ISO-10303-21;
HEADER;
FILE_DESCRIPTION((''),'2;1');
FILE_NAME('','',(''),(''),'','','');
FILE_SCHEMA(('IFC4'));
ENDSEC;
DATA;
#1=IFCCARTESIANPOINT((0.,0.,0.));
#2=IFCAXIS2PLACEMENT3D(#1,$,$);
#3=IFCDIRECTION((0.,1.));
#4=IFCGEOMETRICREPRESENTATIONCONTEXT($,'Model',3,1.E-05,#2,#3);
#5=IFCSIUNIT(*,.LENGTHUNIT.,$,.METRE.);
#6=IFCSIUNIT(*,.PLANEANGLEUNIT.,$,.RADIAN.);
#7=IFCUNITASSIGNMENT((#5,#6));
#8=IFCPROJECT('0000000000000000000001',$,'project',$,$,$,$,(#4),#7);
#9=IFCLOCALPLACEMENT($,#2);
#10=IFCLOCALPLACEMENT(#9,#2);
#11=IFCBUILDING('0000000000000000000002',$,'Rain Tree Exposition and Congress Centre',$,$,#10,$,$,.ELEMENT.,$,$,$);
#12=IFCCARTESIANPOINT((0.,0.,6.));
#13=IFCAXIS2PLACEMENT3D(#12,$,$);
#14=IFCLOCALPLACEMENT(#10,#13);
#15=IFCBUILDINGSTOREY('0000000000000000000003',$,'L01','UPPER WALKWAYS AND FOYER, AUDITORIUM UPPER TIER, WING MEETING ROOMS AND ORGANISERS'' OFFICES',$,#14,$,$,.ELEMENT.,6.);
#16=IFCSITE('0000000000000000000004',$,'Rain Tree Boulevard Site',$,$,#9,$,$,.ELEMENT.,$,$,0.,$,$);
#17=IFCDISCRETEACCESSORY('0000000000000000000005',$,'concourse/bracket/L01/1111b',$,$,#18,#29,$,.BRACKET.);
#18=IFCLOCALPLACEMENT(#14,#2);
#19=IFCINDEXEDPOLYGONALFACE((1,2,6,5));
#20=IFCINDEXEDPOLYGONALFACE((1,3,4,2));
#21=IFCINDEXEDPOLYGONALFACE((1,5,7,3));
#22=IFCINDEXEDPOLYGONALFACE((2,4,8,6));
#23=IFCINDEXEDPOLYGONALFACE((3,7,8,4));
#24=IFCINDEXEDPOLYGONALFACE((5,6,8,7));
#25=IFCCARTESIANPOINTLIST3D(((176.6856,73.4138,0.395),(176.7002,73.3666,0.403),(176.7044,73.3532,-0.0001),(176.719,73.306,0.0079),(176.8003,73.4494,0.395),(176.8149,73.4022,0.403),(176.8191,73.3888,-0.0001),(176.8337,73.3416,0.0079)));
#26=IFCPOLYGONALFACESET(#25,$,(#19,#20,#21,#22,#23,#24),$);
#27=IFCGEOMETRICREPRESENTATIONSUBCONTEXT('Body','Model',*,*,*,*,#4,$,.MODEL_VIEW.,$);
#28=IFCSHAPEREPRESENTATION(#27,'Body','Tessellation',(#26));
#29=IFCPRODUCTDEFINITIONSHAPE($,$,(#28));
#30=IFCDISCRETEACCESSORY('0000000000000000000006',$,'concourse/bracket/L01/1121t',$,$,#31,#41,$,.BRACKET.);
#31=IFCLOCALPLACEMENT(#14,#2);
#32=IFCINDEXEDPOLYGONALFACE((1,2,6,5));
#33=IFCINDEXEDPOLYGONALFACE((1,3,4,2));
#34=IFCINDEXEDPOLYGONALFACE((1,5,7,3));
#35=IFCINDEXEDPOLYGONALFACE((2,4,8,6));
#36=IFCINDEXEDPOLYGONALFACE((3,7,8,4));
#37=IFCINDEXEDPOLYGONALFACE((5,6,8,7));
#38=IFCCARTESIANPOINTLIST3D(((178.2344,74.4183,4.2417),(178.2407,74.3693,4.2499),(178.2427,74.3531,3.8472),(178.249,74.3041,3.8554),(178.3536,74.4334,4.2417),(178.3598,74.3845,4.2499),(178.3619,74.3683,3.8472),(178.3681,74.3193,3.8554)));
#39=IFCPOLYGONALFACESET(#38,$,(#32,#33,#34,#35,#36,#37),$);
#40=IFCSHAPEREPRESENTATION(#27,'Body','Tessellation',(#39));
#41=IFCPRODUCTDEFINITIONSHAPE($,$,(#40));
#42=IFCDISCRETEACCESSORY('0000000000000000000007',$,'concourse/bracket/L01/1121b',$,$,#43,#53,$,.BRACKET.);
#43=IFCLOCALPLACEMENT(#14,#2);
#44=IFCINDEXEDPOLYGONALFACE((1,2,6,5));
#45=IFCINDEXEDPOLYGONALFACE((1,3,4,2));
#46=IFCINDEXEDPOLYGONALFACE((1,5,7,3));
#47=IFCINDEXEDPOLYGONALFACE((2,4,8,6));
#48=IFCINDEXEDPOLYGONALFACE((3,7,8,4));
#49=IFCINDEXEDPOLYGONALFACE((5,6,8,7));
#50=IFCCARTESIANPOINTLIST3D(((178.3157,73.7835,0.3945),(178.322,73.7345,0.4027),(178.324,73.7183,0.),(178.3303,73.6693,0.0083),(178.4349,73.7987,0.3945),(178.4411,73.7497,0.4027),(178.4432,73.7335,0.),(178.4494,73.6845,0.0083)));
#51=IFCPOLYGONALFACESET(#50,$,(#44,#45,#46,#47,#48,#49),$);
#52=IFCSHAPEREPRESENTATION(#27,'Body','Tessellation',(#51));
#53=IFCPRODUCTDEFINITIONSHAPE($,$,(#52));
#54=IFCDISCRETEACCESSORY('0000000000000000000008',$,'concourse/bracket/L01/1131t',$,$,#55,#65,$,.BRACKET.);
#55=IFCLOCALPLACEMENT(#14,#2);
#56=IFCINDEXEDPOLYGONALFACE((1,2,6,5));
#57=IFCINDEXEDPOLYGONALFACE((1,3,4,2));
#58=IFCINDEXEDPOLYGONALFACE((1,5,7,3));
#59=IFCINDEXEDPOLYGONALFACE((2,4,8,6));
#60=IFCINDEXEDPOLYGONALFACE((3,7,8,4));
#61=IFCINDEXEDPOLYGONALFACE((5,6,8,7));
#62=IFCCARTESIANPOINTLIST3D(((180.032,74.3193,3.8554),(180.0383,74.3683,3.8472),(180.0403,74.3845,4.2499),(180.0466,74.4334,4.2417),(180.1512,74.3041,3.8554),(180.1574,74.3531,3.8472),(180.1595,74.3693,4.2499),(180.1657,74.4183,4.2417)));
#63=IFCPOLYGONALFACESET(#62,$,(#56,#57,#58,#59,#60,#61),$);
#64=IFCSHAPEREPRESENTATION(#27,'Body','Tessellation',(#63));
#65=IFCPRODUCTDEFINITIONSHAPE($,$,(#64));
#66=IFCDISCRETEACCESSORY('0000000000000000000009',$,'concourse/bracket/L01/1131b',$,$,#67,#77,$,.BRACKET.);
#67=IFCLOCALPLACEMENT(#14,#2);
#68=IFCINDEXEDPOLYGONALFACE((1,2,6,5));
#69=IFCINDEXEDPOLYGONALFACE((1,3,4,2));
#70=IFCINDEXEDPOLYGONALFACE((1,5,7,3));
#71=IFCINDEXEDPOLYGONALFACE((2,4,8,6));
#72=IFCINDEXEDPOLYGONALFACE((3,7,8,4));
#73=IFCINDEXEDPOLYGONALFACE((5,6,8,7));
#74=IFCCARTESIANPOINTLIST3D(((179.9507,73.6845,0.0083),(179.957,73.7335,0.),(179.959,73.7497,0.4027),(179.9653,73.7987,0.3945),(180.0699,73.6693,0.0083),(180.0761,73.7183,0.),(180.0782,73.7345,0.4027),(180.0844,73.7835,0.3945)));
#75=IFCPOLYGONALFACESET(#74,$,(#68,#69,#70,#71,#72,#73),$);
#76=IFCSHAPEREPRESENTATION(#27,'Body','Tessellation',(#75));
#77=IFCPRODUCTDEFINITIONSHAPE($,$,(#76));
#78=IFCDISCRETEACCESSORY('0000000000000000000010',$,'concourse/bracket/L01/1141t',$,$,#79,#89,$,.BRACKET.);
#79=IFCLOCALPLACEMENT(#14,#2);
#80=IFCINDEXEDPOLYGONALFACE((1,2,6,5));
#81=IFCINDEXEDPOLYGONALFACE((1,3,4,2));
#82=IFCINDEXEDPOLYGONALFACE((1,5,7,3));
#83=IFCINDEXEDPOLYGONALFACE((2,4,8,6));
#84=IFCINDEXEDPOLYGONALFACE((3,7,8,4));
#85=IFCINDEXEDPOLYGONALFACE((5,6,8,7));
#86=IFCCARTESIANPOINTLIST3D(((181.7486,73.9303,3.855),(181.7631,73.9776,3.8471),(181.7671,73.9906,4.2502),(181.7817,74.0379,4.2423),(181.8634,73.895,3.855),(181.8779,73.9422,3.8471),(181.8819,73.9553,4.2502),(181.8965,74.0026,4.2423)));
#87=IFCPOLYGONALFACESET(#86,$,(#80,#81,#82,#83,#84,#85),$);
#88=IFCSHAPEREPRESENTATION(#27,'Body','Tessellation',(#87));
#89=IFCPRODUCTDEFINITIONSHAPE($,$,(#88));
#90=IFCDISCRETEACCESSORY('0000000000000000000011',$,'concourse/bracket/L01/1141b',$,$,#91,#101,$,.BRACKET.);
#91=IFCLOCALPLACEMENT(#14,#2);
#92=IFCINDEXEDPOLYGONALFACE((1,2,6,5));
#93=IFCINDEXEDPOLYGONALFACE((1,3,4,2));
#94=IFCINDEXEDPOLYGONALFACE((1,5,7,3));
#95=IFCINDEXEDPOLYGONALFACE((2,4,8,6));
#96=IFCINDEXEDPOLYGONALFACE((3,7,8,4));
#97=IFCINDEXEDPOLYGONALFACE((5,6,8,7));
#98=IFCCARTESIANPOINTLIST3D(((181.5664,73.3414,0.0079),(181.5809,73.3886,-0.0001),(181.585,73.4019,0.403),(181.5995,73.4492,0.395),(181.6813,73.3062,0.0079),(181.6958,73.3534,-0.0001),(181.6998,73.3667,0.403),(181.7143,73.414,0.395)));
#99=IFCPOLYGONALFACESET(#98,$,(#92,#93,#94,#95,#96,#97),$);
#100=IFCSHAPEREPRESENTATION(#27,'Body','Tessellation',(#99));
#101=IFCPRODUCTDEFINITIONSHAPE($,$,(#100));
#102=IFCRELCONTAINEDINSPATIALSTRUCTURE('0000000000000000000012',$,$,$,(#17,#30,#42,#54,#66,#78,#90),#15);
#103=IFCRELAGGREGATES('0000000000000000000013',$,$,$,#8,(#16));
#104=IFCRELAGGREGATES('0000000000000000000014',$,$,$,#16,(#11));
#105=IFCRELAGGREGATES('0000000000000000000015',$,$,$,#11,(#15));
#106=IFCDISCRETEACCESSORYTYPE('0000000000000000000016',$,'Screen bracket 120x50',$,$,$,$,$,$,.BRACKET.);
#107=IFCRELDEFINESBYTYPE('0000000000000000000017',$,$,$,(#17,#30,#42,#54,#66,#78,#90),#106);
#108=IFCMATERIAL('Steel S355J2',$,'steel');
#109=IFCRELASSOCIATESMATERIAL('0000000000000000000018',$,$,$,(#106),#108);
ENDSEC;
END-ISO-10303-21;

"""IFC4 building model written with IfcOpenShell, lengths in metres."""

from ifc_helpers import new_model, si_unit, direction, frame, origin, origin_2d, place, context, subcontext, project, spatial, rectangle, extrude, material, material_profile, profile_set, type_object, element, save


model = new_model("IFC4")

# Units and contexts
model_context = context("Model", 3, precision=1e-05, world=origin(), true_north=direction((0.0, 1.0)))
body_context = subcontext(model_context, "Body", "Model", "MODEL_VIEW")
ifc_project = project(units=[si_unit("LENGTHUNIT", "METRE"), si_unit("PLANEANGLEUNIT", "RADIAN")], contexts=[model_context])

# Site, building, storey
site_placement = place(None, origin())
site = spatial("IfcSite", under=ifc_project, at=site_placement, Name="Rain Tree Boulevard Site", CompositionType="ELEMENT", RefElevation=0.0)
building_placement = place(site_placement, origin())
building = spatial("IfcBuilding", under=site, at=building_placement, Name="Rain Tree Exposition and Congress Centre", CompositionType="ELEMENT")
storey_placement = place(building_placement, frame((0.0, 0.0, 6.0)))
storey = spatial("IfcBuildingStorey", under=building, at=storey_placement, Name="L01", Description="UPPER WALKWAYS AND FOYER, AUDITORIUM UPPER TIER, WING MEETING ROOMS AND ORGANISERS' OFFICES", CompositionType="ELEMENT", Elevation=6.0)

# Discrete accessories
ifc_material_1 = material(Name="Steel S355J2", Category="steel")
ifc_material_profile_1 = material_profile(ifc_material_1, rectangle(XDim=0.1201, YDim=0.05, at=origin_2d()), Name="Flat bar 120x50")
ifc_profile_set_1 = profile_set([ifc_material_profile_1], Name="Steel S355J2")
discrete_accessory_type = type_object("IfcDiscreteAccessoryType", Name="Screen bracket 120x50", PredefinedType="BRACKET", material=ifc_profile_set_1)
for number, where, z_axis, x_axis, name in (
    (1, (176.769, 73.3474, 0.0039), (-0.046988, 0.151339, 0.987364), (-0.955027, -0.29652, 0.0), "concourse/bracket/L01/1111b"),
):
    element("IfcDiscreteAccessory", number, at=place(storey_placement, frame(where, z_axis=z_axis, x_axis=x_axis)), inside=storey, type_object=discrete_accessory_type, Name=name, PredefinedType="BRACKET", context=body_context, shape_type="SweptSolid", body=[
        extrude(rectangle(XDim=0.1201, YDim=0.05, at=origin_2d()), origin(), (0.0, 0.0, 1.0), 0.4001),
    ])
for number, where, z_axis, x_axis, name in (
    (2, (178.3054, 74.3362, 3.8513), (-0.020754, 0.162978, 0.986411), (-0.991989, -0.126321, 0.0), "concourse/bracket/L01/1121t"),
    (3, (178.3867, 73.7014, 0.0042), (-0.020754, 0.162978, 0.986411), (-0.991989, -0.126321, 0.0), "concourse/bracket/L01/1121b"),
    (4, (180.0947, 74.3362, 3.8513), (0.020754, 0.162978, 0.986411), (-0.991989, 0.126321, 0.0), "concourse/bracket/L01/1131t"),
    (5, (180.0134, 73.7014, 0.0042), (0.020754, 0.162978, 0.986411), (-0.991989, 0.126321, 0.0), "concourse/bracket/L01/1131b"),
):
    element("IfcDiscreteAccessory", number, at=place(storey_placement, frame(where, z_axis=z_axis, x_axis=x_axis)), inside=storey, type_object=discrete_accessory_type, Name=name, PredefinedType="BRACKET", context=body_context, shape_type="SweptSolid", body=[
        extrude(rectangle(XDim=0.1201, YDim=0.05, at=origin_2d()), origin(), (0.0, 0.0, 1.0), 0.3999),
    ])
for number, where, z_axis, x_axis, name in (
    (6, (181.8132, 73.9363, 3.8511), (0.046384, 0.150747, 0.987484), (-0.955779, 0.294086, 0.0), "concourse/bracket/L01/1141t"),
    (7, (181.6311, 73.3474, 0.0039), (0.046379, 0.151343, 0.987393), (-0.956112, 0.293002, 0.0), "concourse/bracket/L01/1141b"),
):
    element("IfcDiscreteAccessory", number, at=place(storey_placement, frame(where, z_axis=z_axis, x_axis=x_axis)), inside=storey, type_object=discrete_accessory_type, Name=name, PredefinedType="BRACKET", context=body_context, shape_type="SweptSolid", body=[
        extrude(rectangle(XDim=0.1201, YDim=0.05, at=origin_2d()), origin(), (0.0, 0.0, 1.0), 0.4001),
    ])

save(model, "model.ifc")
